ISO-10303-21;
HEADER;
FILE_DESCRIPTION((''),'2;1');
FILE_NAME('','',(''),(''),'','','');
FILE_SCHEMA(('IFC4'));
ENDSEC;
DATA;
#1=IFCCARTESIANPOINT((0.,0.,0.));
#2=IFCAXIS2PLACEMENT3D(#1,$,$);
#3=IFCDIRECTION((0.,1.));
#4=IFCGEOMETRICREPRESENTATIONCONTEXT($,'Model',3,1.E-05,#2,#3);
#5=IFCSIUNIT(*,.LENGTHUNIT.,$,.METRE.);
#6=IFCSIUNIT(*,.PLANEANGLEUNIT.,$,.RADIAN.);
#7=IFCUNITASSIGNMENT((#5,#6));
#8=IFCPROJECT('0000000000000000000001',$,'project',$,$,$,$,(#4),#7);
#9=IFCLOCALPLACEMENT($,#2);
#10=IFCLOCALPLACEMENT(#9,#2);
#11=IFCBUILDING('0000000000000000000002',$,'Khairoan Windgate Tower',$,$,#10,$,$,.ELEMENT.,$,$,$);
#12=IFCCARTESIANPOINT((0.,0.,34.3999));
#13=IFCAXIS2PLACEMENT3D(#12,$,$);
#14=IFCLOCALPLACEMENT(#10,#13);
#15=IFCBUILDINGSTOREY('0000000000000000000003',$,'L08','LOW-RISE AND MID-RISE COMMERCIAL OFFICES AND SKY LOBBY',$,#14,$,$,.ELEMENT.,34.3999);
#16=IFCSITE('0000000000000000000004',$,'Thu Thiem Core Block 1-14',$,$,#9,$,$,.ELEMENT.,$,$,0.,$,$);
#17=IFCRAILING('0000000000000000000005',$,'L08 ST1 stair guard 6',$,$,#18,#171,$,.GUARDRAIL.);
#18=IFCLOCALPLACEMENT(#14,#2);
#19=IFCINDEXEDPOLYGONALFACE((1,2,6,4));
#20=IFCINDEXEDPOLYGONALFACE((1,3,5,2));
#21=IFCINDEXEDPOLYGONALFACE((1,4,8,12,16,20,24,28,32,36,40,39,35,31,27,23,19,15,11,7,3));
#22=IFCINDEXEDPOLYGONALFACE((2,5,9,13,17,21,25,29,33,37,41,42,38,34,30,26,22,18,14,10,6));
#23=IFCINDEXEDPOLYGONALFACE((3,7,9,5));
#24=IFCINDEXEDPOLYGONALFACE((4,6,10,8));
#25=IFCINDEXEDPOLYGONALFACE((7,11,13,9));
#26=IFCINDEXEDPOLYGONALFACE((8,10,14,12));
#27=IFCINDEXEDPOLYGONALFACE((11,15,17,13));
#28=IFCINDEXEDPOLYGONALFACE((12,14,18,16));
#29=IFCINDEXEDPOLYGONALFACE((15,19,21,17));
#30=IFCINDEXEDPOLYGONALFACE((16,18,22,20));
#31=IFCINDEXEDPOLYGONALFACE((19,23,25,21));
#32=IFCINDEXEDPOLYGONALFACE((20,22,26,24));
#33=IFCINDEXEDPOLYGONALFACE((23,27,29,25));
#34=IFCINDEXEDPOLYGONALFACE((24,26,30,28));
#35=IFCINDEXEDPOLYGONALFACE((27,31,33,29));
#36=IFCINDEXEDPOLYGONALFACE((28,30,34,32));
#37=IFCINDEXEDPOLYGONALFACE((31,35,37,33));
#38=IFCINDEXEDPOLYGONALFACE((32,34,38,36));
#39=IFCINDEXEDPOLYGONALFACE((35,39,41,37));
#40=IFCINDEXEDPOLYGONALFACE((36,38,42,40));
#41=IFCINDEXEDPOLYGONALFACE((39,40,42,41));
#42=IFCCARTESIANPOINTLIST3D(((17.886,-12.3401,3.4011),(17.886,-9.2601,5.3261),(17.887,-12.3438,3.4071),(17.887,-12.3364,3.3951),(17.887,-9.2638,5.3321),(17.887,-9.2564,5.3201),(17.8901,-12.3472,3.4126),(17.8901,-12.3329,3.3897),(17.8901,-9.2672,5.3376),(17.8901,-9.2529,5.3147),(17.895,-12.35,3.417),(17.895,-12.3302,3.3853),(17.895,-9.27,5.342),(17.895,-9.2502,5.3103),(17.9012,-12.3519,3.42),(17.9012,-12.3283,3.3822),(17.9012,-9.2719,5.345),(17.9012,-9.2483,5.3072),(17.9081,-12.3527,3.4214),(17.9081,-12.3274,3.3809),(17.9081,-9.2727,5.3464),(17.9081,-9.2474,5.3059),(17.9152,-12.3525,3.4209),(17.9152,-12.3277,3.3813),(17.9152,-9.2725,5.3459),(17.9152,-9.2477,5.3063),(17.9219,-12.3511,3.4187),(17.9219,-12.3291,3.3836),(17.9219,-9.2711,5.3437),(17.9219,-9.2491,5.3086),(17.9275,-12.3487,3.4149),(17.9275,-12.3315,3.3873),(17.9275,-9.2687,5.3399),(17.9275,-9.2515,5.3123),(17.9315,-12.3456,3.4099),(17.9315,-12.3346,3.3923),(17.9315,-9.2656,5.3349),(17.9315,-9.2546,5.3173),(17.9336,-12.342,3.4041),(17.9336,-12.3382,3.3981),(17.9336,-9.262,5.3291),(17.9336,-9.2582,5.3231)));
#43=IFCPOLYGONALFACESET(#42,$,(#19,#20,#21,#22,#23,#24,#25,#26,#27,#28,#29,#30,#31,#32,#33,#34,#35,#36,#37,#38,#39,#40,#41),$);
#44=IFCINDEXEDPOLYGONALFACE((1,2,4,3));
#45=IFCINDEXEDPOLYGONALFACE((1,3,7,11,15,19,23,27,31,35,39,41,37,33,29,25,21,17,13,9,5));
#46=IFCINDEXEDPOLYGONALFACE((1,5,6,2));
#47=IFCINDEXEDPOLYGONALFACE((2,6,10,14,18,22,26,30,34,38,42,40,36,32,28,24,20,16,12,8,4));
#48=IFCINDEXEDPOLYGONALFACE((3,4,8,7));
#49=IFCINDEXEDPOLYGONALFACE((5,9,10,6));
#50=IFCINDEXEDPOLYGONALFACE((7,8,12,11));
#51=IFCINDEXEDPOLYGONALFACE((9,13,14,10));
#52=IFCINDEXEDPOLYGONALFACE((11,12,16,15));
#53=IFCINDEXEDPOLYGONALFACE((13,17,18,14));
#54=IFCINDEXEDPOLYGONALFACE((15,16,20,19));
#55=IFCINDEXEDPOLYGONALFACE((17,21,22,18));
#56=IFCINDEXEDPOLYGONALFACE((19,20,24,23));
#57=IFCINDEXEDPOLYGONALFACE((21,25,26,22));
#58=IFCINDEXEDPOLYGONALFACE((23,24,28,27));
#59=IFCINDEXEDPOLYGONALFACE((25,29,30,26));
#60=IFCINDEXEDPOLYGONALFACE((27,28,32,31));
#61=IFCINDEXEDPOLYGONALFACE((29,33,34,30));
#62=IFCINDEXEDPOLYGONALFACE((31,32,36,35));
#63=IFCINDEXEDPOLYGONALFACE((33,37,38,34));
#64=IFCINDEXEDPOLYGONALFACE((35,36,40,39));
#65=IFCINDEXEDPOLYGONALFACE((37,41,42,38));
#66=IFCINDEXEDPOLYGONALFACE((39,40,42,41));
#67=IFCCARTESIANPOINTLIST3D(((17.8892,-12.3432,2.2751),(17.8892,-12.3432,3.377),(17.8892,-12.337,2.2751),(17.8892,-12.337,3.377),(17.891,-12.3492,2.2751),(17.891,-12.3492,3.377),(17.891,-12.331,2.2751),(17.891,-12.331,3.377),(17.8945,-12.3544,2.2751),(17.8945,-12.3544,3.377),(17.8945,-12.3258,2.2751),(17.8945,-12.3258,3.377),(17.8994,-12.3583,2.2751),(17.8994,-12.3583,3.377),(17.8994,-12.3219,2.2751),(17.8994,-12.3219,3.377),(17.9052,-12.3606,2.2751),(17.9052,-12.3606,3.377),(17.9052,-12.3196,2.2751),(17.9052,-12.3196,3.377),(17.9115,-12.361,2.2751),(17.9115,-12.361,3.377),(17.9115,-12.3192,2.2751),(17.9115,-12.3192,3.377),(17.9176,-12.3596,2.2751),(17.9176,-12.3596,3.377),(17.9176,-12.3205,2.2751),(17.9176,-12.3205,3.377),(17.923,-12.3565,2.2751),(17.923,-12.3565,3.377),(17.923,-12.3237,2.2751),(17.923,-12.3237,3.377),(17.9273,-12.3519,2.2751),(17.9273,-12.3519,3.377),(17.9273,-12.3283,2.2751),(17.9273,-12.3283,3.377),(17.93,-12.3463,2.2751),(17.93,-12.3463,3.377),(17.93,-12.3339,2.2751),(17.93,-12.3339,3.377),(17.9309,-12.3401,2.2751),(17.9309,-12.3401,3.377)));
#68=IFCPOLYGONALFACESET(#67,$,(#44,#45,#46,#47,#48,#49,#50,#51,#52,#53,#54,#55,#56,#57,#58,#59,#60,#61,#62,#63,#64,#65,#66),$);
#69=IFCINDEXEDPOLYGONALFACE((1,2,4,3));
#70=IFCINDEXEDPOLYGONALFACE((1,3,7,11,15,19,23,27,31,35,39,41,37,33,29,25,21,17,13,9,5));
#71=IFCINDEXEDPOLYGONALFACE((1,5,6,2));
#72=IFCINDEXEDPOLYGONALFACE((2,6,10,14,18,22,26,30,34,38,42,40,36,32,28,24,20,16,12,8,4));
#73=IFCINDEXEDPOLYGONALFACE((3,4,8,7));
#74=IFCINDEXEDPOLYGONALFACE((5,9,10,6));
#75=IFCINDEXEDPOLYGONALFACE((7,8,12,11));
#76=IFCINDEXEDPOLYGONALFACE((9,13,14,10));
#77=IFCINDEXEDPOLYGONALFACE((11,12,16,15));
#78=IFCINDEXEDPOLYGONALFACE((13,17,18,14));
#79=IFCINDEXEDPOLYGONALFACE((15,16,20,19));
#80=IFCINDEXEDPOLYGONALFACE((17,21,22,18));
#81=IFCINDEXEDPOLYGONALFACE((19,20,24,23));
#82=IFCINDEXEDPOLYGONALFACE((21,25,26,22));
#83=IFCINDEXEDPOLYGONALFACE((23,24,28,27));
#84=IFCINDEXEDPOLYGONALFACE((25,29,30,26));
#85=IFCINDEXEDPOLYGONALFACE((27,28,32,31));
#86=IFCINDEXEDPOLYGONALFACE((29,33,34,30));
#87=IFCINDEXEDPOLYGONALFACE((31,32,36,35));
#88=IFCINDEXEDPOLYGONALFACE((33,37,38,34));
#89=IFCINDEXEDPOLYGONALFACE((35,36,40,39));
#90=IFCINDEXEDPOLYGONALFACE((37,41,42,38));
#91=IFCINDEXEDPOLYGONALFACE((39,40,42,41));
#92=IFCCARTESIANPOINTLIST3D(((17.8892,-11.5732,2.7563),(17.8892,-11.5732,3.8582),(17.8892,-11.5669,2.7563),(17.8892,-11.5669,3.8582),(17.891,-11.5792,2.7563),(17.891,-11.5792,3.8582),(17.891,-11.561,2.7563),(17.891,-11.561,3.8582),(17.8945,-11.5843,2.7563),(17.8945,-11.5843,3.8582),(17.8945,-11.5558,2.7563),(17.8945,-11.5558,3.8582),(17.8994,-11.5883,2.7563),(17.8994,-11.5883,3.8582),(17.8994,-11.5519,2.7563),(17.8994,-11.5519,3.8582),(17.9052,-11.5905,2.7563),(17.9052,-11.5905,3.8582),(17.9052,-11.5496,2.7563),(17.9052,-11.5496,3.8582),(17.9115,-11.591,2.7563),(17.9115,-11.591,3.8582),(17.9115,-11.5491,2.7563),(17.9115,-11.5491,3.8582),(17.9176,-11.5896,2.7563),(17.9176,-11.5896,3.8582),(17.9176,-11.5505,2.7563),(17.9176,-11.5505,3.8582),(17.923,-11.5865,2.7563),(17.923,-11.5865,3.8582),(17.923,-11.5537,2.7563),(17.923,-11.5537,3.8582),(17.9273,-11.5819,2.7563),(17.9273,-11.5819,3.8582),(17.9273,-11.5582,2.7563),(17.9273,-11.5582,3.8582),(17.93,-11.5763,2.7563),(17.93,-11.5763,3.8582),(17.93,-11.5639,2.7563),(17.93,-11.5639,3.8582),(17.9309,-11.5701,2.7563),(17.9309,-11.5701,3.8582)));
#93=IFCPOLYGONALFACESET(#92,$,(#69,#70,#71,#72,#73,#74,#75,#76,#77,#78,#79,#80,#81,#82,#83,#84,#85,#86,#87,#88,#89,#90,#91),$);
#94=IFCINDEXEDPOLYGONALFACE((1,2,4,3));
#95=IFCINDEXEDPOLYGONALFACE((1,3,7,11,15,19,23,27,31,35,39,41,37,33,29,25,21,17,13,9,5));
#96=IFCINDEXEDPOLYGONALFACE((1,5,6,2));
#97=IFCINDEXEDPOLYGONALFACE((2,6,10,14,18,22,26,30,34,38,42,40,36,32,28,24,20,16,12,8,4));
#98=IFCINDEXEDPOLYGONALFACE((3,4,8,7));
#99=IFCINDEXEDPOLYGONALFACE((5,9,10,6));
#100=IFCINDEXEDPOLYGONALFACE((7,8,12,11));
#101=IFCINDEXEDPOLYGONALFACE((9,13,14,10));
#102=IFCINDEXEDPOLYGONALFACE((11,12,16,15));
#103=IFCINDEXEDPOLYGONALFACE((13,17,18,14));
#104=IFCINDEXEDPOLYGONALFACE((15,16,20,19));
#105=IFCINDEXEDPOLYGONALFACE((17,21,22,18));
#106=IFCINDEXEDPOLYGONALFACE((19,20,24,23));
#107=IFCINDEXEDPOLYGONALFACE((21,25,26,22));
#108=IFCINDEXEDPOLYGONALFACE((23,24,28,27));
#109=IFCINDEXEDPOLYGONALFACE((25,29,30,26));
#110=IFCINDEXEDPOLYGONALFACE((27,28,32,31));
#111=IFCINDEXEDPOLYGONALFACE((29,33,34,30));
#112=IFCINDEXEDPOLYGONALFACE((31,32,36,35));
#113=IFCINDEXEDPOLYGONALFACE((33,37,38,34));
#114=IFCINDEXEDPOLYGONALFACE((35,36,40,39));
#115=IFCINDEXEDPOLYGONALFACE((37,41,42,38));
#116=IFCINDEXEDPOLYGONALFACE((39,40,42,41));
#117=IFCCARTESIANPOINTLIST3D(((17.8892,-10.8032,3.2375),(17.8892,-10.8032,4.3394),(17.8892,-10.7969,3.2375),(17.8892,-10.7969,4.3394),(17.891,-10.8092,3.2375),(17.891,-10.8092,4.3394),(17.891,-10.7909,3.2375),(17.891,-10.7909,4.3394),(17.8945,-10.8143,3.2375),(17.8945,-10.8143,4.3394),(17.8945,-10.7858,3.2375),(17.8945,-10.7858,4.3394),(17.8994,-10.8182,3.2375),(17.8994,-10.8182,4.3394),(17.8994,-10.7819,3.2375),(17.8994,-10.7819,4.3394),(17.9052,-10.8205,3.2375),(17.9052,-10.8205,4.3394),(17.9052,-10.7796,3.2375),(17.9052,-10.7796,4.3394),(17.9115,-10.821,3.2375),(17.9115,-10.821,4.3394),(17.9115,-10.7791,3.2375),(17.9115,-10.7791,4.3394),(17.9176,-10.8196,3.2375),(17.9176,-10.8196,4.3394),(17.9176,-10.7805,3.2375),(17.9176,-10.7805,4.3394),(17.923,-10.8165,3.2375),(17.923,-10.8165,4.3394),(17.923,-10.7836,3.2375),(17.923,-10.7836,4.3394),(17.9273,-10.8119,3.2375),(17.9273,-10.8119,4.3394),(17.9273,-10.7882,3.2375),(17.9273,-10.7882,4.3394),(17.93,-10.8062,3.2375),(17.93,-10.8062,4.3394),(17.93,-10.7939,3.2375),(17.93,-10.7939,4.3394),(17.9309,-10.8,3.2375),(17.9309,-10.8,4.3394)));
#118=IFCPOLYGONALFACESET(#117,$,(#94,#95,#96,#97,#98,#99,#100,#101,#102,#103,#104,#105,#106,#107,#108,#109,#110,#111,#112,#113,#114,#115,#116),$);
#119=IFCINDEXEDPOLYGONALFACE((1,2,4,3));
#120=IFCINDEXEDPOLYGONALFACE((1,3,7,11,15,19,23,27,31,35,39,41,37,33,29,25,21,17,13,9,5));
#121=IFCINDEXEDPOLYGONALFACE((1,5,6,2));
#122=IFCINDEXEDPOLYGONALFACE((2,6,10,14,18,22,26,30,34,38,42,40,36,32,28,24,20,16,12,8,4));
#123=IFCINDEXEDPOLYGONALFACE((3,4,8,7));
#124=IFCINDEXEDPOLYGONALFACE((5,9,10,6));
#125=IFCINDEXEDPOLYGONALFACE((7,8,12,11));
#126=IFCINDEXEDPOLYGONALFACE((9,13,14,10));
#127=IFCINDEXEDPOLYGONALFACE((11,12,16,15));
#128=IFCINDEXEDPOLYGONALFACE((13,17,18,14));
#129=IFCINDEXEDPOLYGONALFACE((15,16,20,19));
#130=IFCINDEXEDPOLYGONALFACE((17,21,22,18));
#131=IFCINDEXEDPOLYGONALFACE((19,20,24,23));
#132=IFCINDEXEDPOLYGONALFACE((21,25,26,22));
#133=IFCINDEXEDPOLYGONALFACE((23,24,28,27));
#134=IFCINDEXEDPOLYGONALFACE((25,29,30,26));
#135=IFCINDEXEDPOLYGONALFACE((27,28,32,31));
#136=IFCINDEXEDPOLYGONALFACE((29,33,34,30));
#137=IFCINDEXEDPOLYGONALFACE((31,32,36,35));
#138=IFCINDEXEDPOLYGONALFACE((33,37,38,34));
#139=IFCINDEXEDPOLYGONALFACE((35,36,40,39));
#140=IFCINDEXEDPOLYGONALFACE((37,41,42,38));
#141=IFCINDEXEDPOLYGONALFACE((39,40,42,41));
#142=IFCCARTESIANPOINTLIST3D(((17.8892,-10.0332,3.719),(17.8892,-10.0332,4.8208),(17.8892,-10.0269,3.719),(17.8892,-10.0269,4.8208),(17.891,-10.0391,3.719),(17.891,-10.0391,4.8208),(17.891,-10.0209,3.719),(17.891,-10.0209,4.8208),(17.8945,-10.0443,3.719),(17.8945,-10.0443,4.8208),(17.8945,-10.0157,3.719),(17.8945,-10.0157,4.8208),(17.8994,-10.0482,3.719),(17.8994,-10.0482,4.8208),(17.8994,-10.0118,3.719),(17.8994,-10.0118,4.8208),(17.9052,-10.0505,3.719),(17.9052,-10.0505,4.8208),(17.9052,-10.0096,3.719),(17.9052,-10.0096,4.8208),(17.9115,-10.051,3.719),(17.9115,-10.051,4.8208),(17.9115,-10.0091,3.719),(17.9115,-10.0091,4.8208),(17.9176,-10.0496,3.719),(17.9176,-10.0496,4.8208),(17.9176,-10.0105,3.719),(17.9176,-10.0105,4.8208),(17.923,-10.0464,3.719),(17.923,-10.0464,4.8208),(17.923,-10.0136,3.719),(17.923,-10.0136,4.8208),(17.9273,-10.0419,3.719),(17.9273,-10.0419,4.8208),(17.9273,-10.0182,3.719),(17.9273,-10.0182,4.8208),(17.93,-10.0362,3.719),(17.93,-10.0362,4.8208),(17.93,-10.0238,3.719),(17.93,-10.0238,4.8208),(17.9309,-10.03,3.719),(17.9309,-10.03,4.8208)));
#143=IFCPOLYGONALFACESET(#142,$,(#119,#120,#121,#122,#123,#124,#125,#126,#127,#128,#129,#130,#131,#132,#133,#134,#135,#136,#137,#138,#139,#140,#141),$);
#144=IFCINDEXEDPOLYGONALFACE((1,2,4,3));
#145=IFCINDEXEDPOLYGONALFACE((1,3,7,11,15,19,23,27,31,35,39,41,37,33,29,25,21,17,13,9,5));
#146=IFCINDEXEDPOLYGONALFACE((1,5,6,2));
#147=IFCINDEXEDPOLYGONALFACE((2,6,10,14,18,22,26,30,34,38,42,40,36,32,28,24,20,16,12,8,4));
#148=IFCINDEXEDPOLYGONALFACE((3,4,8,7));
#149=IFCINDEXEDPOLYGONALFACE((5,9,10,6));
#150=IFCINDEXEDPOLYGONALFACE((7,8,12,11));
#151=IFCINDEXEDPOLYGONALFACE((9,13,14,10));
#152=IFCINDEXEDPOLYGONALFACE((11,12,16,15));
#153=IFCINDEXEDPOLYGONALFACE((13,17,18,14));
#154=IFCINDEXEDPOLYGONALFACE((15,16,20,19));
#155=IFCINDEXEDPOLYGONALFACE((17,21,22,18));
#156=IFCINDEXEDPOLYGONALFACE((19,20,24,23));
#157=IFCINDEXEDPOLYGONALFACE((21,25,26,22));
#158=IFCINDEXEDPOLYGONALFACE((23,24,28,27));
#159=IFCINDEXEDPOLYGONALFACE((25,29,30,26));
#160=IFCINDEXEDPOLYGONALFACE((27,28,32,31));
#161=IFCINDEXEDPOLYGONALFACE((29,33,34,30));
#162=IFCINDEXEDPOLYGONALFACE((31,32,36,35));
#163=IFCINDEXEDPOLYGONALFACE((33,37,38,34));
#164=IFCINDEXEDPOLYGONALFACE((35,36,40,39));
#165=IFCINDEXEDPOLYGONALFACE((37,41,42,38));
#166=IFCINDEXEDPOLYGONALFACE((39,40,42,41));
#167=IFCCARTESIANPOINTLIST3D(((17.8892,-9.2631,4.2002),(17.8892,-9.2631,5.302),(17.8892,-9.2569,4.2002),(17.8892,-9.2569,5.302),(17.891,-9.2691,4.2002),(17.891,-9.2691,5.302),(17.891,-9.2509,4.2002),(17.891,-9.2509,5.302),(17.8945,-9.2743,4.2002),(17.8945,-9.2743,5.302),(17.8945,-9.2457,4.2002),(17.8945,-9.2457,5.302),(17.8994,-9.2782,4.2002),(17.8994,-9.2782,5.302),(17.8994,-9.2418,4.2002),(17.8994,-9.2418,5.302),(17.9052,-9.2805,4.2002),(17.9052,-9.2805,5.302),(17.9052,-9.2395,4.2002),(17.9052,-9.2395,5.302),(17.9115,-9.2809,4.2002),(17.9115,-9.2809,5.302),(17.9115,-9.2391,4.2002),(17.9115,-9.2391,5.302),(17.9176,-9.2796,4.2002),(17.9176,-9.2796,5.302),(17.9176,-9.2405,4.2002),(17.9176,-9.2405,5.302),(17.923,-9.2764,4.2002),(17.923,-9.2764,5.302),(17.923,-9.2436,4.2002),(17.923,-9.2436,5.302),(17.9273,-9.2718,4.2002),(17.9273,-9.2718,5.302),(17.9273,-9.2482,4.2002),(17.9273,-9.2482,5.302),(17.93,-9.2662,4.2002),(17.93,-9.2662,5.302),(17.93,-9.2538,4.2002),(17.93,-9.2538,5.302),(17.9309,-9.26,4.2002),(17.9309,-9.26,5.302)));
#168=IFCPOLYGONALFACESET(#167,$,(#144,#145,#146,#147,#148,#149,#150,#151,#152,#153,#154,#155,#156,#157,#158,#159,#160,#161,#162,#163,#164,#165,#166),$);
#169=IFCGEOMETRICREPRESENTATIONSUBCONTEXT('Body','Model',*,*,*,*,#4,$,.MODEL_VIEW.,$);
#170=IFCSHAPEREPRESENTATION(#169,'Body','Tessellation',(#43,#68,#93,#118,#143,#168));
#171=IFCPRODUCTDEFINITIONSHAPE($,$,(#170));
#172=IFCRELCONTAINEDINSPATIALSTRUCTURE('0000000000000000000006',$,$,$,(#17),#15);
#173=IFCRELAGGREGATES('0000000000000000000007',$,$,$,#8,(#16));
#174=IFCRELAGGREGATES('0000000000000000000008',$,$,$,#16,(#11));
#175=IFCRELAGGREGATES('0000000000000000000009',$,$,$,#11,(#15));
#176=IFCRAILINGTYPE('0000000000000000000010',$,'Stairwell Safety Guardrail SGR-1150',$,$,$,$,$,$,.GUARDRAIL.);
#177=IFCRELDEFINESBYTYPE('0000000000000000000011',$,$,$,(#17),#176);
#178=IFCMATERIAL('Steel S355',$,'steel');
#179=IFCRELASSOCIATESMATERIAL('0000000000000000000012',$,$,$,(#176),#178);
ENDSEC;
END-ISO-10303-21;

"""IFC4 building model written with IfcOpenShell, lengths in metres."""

from ifc_helpers import new_model, si_unit, direction, frame, origin, origin_2d, place, context, subcontext, project, spatial, circle, extrude, material, type_object, element, save


model = new_model("IFC4")

# Units and contexts
model_context = context("Model", 3, precision=1e-05, world=origin(), true_north=direction((0.0, 1.0)))
body_context = subcontext(model_context, "Body", "Model", "MODEL_VIEW")
ifc_project = project(units=[si_unit("LENGTHUNIT", "METRE"), si_unit("PLANEANGLEUNIT", "RADIAN")], contexts=[model_context])

# Site, building, storey
site_placement = place(None, origin())
site = spatial("IfcSite", under=ifc_project, at=site_placement, Name="Thu Thiem Core Block 1-14", CompositionType="ELEMENT", RefElevation=0.0)
building_placement = place(site_placement, origin())
building = spatial("IfcBuilding", under=site, at=building_placement, Name="Khairoan Windgate Tower", CompositionType="ELEMENT")
storey_placement = place(building_placement, frame((0.0, 0.0, 34.3999)))
storey = spatial("IfcBuildingStorey", under=building, at=storey_placement, Name="L08", Description="LOW-RISE AND MID-RISE COMMERCIAL OFFICES AND SKY LOBBY", CompositionType="ELEMENT", Elevation=34.3999)

# Railing
ifc_material_1 = material(Name="Steel S355", Category="steel")
railing_type_1 = type_object("IfcRailingType", Name="Stairwell Safety Guardrail SGR-1150", PredefinedType="GUARDRAIL", material=ifc_material_1)
railing_1_placement = place(storey_placement, frame((17.9099, -12.3401, 2.2751)))
element("IfcRailing", 1, at=railing_1_placement, inside=storey, type_object=railing_type_1, Name="L08 ST1 stair guard 6", PredefinedType="GUARDRAIL", context=body_context, shape_type="SweptSolid", body=[
    extrude(circle(Radius=0.0239, at=origin_2d()), frame((0.0, 0.0, 1.126), z_axis=(0.0, 0.847998, 0.529999), x_axis=(-1.0, 0.0, 0.0)), (0.0, 0.0, 1.0), 3.6321),
    extrude(circle(Radius=0.021, at=origin_2d()), origin(), (0.0, 0.0, 1.0), 1.1018),
    extrude(circle(Radius=0.021, at=origin_2d()), frame((0.0, 0.77, 0.4812)), (0.0, 0.0, 1.0), 1.1018),
    extrude(circle(Radius=0.021, at=origin_2d()), frame((0.0, 1.54, 0.9624)), (0.0, 0.0, 1.0), 1.1018),
    extrude(circle(Radius=0.021, at=origin_2d()), frame((0.0, 2.3101, 1.4438)), (0.0, 0.0, 1.0), 1.1018),
    extrude(circle(Radius=0.021, at=origin_2d()), frame((0.0, 3.0801, 1.925)), (0.0, 0.0, 1.0), 1.1018),
])

save(model, "model.ifc")
